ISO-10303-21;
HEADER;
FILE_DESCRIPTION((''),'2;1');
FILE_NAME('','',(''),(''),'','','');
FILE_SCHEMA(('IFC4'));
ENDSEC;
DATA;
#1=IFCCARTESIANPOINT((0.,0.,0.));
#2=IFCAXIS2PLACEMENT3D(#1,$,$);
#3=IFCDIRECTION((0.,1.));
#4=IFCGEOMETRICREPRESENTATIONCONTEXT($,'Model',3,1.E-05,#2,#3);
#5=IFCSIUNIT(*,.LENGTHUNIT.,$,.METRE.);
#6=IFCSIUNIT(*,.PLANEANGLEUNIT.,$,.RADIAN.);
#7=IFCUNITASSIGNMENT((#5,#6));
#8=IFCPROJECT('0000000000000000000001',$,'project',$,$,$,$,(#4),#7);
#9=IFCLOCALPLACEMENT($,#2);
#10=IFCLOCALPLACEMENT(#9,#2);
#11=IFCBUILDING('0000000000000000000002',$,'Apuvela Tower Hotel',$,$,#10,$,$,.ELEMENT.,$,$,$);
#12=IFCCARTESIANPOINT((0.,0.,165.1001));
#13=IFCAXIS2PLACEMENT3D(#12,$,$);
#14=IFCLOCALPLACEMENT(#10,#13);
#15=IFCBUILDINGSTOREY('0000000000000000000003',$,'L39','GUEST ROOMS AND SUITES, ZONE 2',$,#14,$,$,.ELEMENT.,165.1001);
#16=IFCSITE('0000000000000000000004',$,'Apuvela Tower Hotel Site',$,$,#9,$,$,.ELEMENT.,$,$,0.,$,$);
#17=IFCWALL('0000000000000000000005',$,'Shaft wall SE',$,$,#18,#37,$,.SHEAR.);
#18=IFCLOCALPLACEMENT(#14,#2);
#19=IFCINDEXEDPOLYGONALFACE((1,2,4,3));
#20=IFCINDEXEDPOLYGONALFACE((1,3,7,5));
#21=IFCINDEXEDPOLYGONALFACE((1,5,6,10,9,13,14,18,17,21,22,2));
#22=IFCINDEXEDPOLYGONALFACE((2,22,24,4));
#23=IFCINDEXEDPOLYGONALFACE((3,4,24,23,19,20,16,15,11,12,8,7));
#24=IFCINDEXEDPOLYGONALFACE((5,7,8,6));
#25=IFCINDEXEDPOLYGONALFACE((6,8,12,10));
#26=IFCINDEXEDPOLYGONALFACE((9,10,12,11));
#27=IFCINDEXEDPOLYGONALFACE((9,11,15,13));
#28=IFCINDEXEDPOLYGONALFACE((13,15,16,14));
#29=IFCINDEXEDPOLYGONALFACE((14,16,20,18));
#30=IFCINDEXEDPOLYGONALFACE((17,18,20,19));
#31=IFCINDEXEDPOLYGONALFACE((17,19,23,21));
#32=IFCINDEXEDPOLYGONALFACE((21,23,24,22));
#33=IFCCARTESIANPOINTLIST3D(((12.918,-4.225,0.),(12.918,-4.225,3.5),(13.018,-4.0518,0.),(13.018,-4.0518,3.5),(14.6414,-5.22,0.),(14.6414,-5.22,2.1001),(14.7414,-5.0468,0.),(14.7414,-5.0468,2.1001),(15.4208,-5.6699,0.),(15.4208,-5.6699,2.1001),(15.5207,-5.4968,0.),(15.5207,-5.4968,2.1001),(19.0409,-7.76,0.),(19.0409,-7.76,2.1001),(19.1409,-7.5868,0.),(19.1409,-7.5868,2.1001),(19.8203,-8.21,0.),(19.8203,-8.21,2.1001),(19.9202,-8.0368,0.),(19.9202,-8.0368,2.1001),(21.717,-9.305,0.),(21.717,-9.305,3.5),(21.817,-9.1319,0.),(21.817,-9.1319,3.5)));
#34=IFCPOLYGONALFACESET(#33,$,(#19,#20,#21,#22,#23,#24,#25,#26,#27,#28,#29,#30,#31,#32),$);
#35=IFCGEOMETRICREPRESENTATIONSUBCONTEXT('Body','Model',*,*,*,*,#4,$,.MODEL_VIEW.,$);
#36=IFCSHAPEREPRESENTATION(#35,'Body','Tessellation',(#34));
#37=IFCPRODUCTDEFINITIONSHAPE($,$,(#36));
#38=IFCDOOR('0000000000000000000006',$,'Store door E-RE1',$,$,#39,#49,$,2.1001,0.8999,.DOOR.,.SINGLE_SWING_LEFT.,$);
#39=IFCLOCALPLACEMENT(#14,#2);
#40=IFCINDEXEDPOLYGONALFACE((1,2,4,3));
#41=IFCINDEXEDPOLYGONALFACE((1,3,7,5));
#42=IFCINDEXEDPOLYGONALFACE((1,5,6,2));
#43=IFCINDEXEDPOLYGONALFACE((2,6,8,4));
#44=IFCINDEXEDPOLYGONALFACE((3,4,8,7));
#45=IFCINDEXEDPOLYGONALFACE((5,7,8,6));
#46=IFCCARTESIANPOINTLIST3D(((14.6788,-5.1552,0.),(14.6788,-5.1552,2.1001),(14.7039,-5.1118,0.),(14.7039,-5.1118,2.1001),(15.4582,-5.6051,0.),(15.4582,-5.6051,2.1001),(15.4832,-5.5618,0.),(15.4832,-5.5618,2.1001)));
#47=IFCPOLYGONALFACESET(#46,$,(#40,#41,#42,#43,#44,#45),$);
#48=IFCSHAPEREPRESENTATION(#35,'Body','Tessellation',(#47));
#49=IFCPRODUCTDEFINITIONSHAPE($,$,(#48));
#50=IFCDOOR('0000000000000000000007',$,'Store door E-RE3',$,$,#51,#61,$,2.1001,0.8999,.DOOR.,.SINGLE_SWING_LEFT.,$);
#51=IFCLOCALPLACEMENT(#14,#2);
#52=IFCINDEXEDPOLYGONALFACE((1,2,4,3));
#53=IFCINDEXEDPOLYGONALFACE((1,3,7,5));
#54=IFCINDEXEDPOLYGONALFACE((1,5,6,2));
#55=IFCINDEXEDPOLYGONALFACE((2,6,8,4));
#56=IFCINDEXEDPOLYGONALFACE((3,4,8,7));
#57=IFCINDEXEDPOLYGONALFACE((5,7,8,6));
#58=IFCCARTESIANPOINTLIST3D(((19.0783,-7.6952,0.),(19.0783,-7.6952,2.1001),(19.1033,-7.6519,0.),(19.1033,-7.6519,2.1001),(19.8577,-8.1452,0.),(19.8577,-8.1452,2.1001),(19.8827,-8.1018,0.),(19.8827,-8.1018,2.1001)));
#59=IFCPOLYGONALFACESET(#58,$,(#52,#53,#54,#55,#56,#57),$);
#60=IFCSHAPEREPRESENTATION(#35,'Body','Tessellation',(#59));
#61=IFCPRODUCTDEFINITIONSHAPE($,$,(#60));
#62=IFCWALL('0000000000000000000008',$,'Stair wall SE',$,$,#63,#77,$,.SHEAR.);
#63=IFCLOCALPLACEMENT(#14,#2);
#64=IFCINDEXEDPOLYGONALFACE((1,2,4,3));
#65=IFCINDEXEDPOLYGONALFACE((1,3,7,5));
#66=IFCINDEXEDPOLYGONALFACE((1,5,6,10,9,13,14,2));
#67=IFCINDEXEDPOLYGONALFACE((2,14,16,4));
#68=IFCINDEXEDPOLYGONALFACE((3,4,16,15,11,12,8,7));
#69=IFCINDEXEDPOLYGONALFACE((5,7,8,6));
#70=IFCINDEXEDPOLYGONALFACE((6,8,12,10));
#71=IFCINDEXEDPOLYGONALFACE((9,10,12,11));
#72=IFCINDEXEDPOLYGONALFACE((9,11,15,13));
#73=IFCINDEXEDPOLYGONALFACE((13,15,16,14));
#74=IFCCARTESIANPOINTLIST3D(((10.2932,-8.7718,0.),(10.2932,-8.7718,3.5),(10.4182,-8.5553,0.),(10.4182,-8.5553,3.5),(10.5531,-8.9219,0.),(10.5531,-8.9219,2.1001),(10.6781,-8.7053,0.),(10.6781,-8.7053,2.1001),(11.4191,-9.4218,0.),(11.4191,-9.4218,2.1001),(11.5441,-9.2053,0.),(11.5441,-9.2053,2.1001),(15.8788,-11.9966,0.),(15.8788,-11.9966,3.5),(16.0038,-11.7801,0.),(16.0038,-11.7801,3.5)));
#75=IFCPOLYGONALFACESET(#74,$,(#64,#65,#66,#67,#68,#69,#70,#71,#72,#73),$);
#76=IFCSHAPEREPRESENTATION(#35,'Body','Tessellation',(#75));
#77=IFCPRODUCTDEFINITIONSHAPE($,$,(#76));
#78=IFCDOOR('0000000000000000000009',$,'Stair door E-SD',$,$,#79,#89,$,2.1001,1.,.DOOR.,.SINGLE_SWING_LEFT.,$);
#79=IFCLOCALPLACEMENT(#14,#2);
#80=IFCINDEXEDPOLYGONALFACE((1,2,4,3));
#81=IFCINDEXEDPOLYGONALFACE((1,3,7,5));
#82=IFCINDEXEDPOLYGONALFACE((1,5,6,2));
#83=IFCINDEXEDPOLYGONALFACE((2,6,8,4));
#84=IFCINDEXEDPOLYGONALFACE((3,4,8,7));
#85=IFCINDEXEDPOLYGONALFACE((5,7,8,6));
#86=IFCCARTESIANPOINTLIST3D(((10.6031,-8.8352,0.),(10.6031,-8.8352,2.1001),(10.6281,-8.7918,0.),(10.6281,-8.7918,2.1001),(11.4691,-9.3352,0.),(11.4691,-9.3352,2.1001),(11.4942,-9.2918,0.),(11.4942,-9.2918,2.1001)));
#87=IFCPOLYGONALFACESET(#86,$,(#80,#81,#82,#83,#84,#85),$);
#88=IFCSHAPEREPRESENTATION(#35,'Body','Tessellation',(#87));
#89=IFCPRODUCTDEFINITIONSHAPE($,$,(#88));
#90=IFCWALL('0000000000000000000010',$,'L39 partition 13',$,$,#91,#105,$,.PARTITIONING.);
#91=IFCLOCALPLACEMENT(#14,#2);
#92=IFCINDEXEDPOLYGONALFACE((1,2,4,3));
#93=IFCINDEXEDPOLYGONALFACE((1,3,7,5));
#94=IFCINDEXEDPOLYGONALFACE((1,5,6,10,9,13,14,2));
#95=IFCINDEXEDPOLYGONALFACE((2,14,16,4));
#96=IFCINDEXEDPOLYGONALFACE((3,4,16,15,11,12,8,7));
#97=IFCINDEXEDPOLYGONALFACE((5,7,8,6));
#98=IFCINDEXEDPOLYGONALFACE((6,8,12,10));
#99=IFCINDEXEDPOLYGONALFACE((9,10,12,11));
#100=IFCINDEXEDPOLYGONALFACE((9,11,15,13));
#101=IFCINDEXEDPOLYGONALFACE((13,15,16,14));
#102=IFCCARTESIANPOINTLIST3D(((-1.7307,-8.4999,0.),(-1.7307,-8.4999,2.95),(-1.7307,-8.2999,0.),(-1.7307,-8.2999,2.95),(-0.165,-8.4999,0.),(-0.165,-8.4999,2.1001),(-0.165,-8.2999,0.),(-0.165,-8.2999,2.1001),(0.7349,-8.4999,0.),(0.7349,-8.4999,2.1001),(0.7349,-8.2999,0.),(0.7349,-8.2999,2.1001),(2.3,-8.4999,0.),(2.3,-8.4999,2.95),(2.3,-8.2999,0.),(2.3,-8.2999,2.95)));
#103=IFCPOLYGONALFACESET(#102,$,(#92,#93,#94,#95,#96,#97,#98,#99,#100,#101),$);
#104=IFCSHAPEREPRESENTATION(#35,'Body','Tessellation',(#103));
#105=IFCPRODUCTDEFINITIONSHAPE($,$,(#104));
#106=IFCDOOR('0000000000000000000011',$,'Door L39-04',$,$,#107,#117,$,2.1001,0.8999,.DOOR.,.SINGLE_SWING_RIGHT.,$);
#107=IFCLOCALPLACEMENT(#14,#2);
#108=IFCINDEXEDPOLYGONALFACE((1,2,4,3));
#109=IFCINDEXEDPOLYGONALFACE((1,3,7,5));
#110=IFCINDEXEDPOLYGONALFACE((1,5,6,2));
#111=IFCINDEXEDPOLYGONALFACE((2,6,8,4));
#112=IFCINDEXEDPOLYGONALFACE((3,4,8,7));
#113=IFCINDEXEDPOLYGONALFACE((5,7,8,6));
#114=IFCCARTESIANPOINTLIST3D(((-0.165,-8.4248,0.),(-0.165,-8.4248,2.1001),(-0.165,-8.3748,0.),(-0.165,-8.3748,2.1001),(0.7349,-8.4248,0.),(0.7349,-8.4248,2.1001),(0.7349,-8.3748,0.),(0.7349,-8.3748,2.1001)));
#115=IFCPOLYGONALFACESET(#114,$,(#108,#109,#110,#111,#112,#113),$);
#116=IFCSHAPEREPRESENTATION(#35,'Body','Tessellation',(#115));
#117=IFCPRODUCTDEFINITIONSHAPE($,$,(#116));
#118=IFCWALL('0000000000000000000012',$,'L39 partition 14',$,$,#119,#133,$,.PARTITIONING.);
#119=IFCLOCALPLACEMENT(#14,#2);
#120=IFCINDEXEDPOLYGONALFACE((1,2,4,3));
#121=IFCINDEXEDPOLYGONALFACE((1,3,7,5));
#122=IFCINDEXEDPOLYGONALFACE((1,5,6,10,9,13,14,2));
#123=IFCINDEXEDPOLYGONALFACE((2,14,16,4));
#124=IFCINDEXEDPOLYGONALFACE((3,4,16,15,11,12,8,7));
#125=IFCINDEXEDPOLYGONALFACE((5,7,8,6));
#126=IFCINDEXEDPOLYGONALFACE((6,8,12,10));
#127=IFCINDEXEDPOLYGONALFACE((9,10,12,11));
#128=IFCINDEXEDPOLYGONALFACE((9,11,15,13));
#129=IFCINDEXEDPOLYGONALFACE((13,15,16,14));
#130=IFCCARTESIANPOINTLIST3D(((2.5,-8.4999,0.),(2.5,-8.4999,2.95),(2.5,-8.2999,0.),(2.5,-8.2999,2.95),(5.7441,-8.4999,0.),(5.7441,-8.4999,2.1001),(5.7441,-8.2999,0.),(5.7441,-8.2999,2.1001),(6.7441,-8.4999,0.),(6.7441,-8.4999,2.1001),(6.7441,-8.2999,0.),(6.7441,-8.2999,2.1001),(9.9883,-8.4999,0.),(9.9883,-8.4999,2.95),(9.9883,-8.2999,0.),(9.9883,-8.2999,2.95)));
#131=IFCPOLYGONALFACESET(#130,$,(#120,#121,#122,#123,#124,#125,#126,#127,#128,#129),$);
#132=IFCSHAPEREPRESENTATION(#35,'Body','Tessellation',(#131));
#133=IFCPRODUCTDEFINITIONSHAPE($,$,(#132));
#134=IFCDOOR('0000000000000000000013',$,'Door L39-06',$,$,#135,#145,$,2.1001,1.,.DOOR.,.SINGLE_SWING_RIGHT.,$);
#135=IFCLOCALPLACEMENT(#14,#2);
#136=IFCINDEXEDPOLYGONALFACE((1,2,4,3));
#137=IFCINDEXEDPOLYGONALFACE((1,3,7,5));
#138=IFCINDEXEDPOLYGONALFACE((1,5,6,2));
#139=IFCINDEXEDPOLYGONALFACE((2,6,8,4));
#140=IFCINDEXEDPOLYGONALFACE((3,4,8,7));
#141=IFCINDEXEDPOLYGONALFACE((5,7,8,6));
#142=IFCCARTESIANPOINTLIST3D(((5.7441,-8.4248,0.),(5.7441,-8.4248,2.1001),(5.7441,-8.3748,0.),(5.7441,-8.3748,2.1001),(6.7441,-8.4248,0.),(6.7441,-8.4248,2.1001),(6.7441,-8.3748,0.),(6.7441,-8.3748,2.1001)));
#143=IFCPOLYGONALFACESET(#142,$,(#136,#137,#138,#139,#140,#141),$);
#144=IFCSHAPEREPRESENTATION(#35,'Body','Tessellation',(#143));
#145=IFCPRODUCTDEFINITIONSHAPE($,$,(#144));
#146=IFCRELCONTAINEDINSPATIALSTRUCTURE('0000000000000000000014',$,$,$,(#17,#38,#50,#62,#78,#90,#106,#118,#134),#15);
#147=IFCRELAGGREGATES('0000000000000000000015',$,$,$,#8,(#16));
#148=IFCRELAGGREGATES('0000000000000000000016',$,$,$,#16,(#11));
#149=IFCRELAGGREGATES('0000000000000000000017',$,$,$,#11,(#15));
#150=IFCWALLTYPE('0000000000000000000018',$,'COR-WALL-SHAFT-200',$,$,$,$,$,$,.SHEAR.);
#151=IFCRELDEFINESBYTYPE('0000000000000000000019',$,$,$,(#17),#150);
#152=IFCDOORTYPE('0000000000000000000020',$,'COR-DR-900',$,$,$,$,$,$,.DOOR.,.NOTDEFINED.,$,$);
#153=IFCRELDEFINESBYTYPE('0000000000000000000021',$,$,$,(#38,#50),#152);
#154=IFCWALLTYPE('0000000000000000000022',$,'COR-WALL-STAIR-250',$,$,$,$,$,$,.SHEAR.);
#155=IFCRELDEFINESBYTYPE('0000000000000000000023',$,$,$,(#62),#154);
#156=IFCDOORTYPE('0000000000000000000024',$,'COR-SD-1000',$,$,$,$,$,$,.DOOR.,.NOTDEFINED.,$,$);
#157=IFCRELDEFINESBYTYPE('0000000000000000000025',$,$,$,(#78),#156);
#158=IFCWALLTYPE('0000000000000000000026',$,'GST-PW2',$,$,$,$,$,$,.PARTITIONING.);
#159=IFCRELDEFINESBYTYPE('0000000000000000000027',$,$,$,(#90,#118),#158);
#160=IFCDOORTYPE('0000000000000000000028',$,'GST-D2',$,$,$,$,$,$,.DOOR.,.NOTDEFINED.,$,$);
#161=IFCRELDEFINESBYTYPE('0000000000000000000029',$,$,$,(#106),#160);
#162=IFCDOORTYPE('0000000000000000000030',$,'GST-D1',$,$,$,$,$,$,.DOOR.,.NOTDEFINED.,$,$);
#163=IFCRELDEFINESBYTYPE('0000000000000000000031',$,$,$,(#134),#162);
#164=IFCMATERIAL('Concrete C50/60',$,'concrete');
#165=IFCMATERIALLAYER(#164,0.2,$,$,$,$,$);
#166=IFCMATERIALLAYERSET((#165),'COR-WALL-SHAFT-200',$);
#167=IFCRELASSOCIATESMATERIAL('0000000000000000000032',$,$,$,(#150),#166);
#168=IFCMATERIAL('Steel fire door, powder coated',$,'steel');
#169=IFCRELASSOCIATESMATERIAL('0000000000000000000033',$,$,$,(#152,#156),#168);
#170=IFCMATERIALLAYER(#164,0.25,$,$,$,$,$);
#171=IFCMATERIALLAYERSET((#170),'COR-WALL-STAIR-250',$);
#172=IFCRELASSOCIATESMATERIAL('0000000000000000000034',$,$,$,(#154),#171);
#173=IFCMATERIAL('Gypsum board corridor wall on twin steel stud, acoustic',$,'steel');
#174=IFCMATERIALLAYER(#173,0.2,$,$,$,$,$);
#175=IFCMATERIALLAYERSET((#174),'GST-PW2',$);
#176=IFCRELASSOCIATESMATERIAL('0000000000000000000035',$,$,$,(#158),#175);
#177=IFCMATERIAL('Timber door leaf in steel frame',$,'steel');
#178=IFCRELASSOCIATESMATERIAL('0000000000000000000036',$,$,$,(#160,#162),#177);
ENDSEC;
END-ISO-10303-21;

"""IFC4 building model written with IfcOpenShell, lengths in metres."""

from ifc_helpers import new_model, si_unit, direction, frame, frame_2d, origin, place, context, subcontext, project, spatial, rectangle, extrude, material, layer, layer_set, type_object, element, fill, save


model = new_model("IFC4")

# Units and contexts
model_context = context("Model", 3, precision=1e-05, world=origin(), true_north=direction((0.0, 1.0)))
body_context = subcontext(model_context, "Body", "Model", "MODEL_VIEW")
ifc_project = project(units=[si_unit("LENGTHUNIT", "METRE"), si_unit("PLANEANGLEUNIT", "RADIAN")], contexts=[model_context])

# Site, building, storey
site_placement = place(None, origin())
site = spatial("IfcSite", under=ifc_project, at=site_placement, Name="Apuvela Tower Hotel Site", CompositionType="ELEMENT", RefElevation=0.0)
building_placement = place(site_placement, origin())
building = spatial("IfcBuilding", under=site, at=building_placement, Name="Apuvela Tower Hotel", CompositionType="ELEMENT")
storey_placement = place(building_placement, frame((0.0, 0.0, 165.1001)))
storey = spatial("IfcBuildingStorey", under=building, at=storey_placement, Name="L39", Description="GUEST ROOMS AND SUITES, ZONE 2", CompositionType="ELEMENT", Elevation=165.1001)

# Shared definitions
ifc_material_1 = material(Name="Concrete C50/60", Category="concrete")
ifc_material_2 = material(Name="Steel fire door, powder coated", Category="steel")

# Shared definitions
ifc_layer_1 = layer(ifc_material_1, 0.2)
ifc_layer_set_1 = layer_set([ifc_layer_1], Name="COR-WALL-SHAFT-200")
wall_type_1 = type_object("IfcWallType", Name="COR-WALL-SHAFT-200", PredefinedType="SHEAR", material=ifc_layer_set_1)

# Wall, openings, doors
wall_1_placement = place(storey_placement, frame((12.968, -4.1384, 0.0), z_axis=(0.0, 0.0, 1.0), x_axis=(0.866028, -0.499995, 0.0)))
wall_1 = element("IfcWall", 1, at=wall_1_placement, inside=storey, type_object=wall_type_1, Name="Shaft wall SE", PredefinedType="SHEAR", context=body_context, shape_type="SweptSolid", body=[
    extrude(rectangle(XDim=10.1602, YDim=0.2, at=frame_2d((5.0801, 0.0))), origin(), (0.0, 0.0, 1.0), 3.5),
])
opening_1_placement = place(wall_1_placement, frame((1.99, 0.0, 0.0)))
opening_1 = element("IfcOpeningElement", 2, at=opening_1_placement, cuts=wall_1, PredefinedType="OPENING", context=body_context, shape_type="SweptSolid", body=[
    extrude(rectangle(XDim=0.8999, YDim=2.1001, at=frame_2d((0.45, 1.05))), frame((0.0, 0.1099, 0.0), z_axis=(0.0, -1.0, 0.0), x_axis=(1.0, 0.0, 0.0)), (0.0, 0.0, 1.0), 0.22),
])
opening_2_placement = place(wall_1_placement, frame((7.0701, 0.0, 0.0)))
opening_2 = element("IfcOpeningElement", 3, at=opening_2_placement, cuts=wall_1, PredefinedType="OPENING", context=body_context, shape_type="SweptSolid", body=[
    extrude(rectangle(XDim=0.8999, YDim=2.1001, at=frame_2d((0.45, 1.05))), frame((0.0, 0.1099, 0.0), z_axis=(0.0, -1.0, 0.0), x_axis=(1.0, 0.0, 0.0)), (0.0, 0.0, 1.0), 0.22),
])
door_type_1 = type_object("IfcDoorType", Name="COR-DR-900", OperationType="NOTDEFINED", PredefinedType="DOOR", material=ifc_material_2)
door_1_placement = place(opening_1_placement, origin())
door_1 = element("IfcDoor", 4, at=door_1_placement, inside=storey, type_object=door_type_1, Name="Store door E-RE1", OperationType="SINGLE_SWING_LEFT", OverallHeight=2.1001, OverallWidth=0.8999, PredefinedType="DOOR", context=body_context, shape_type="SweptSolid", body=[
    extrude(rectangle(XDim=0.8999, YDim=2.1001, at=frame_2d((0.45, 1.05))), frame((0.0, 0.0249, 0.0), z_axis=(0.0, -1.0, 0.0), x_axis=(1.0, 0.0, 0.0)), (0.0, 0.0, 1.0), 0.05),
])
fill(opening_1, door_1)
door_2_placement = place(opening_2_placement, origin())
door_2 = element("IfcDoor", 5, at=door_2_placement, inside=storey, type_object=door_type_1, Name="Store door E-RE3", OperationType="SINGLE_SWING_LEFT", OverallHeight=2.1001, OverallWidth=0.8999, PredefinedType="DOOR", context=body_context, shape_type="SweptSolid", body=[
    extrude(rectangle(XDim=0.8999, YDim=2.1001, at=frame_2d((0.45, 1.05))), frame((0.0, 0.0249, 0.0), z_axis=(0.0, -1.0, 0.0), x_axis=(1.0, 0.0, 0.0)), (0.0, 0.0, 1.0), 0.05),
])
fill(opening_2, door_2)

# Walls, openings, doors
ifc_layer_2 = layer(ifc_material_1, 0.25)
ifc_layer_set_2 = layer_set([ifc_layer_2], Name="COR-WALL-STAIR-250")
wall_type_2 = type_object("IfcWallType", Name="COR-WALL-STAIR-250", PredefinedType="SHEAR", material=ifc_layer_set_2)
wall_2_placement = place(storey_placement, frame((10.3557, -8.6636, 0.0), z_axis=(0.0, 0.0, 1.0), x_axis=(0.866029, -0.499994, 0.0)))
wall_2 = element("IfcWall", 6, at=wall_2_placement, inside=storey, type_object=wall_type_2, Name="Stair wall SE", PredefinedType="SHEAR", context=body_context, shape_type="SweptSolid", body=[
    extrude(rectangle(XDim=6.4497, YDim=0.25, at=frame_2d((3.2249, 0.0))), origin(), (0.0, 0.0, 1.0), 3.5),
])
opening_3_placement = place(wall_2_placement, frame((0.3, 0.0, 0.0)))
opening_3 = element("IfcOpeningElement", 7, at=opening_3_placement, cuts=wall_2, PredefinedType="OPENING", context=body_context, shape_type="SweptSolid", body=[
    extrude(rectangle(XDim=1.0, YDim=2.1001, at=frame_2d((0.5, 1.05))), frame((0.0, 0.135, 0.0), z_axis=(0.0, -1.0, 0.0), x_axis=(1.0, 0.0, 0.0)), (0.0, 0.0, 1.0), 0.27),
])
door_type_2 = type_object("IfcDoorType", Name="COR-SD-1000", OperationType="NOTDEFINED", PredefinedType="DOOR", material=ifc_material_2)
door_3_placement = place(opening_3_placement, frame((1.0, 0.0, 0.0), z_axis=(0.0, 0.0, 1.0), x_axis=(-1.0, 0.0, 0.0)))
door_3 = element("IfcDoor", 8, at=door_3_placement, inside=storey, type_object=door_type_2, Name="Stair door E-SD", OperationType="SINGLE_SWING_LEFT", OverallHeight=2.1001, OverallWidth=1.0, PredefinedType="DOOR", context=body_context, shape_type="SweptSolid", body=[
    extrude(rectangle(XDim=1.0, YDim=2.1001, at=frame_2d((0.5, 1.05))), frame((0.0, 0.0249, 0.0), z_axis=(0.0, -1.0, 0.0), x_axis=(1.0, 0.0, 0.0)), (0.0, 0.0, 1.0), 0.05),
])
fill(opening_3, door_3)
ifc_material_3 = material(Name="Gypsum board corridor wall on twin steel stud, acoustic", Category="steel")
ifc_layer_3 = layer(ifc_material_3, 0.2)
ifc_layer_set_3 = layer_set([ifc_layer_3], Name="GST-PW2")
wall_type_3 = type_object("IfcWallType", Name="GST-PW2", PredefinedType="PARTITIONING", material=ifc_layer_set_3)
wall_3_placement = place(storey_placement, frame((2.3, -8.3999, 0.0), z_axis=(0.0, 0.0, 1.0), x_axis=(-1.0, 0.0, 0.0)))
wall_3 = element("IfcWall", 9, at=wall_3_placement, inside=storey, type_object=wall_type_3, Name="L39 partition 13", PredefinedType="PARTITIONING", context=body_context, shape_type="SweptSolid", body=[
    extrude(rectangle(XDim=4.0308, YDim=0.2, at=frame_2d((2.0154, 0.0))), origin(), (0.0, 0.0, 1.0), 2.95),
])
opening_4_placement = place(wall_3_placement, frame((1.5652, 0.0, 0.0)))
opening_4 = element("IfcOpeningElement", 10, at=opening_4_placement, cuts=wall_3, PredefinedType="OPENING", context=body_context, shape_type="SweptSolid", body=[
    extrude(rectangle(XDim=0.8999, YDim=2.1001, at=frame_2d((0.45, 1.05))), frame((0.0, 0.1099, 0.0), z_axis=(0.0, -1.0, 0.0), x_axis=(1.0, 0.0, 0.0)), (0.0, 0.0, 1.0), 0.22),
])
ifc_material_4 = material(Name="Timber door leaf in steel frame", Category="steel")
door_type_3 = type_object("IfcDoorType", Name="GST-D2", OperationType="NOTDEFINED", PredefinedType="DOOR", material=ifc_material_4)
door_4_placement = place(opening_4_placement, origin())
door_4 = element("IfcDoor", 11, at=door_4_placement, inside=storey, type_object=door_type_3, Name="Door L39-04", OperationType="SINGLE_SWING_RIGHT", OverallHeight=2.1001, OverallWidth=0.8999, PredefinedType="DOOR", context=body_context, shape_type="SweptSolid", body=[
    extrude(rectangle(XDim=0.8999, YDim=2.1001, at=frame_2d((0.45, 1.05))), frame((0.0, 0.0249, 0.0), z_axis=(0.0, -1.0, 0.0), x_axis=(1.0, 0.0, 0.0)), (0.0, 0.0, 1.0), 0.05),
])
fill(opening_4, door_4)
wall_4_placement = place(storey_placement, frame((9.9883, -8.3999, 0.0), z_axis=(0.0, 0.0, 1.0), x_axis=(-1.0, 0.0, 0.0)))
wall_4 = element("IfcWall", 12, at=wall_4_placement, inside=storey, type_object=wall_type_3, Name="L39 partition 14", PredefinedType="PARTITIONING", context=body_context, shape_type="SweptSolid", body=[
    extrude(rectangle(XDim=7.4883, YDim=0.2, at=frame_2d((3.7441, 0.0))), origin(), (0.0, 0.0, 1.0), 2.95),
])
opening_5_placement = place(wall_4_placement, frame((3.2441, 0.0, 0.0)))
opening_5 = element("IfcOpeningElement", 13, at=opening_5_placement, cuts=wall_4, PredefinedType="OPENING", context=body_context, shape_type="SweptSolid", body=[
    extrude(rectangle(XDim=1.0, YDim=2.1001, at=frame_2d((0.5, 1.05))), frame((0.0, 0.1099, 0.0), z_axis=(0.0, -1.0, 0.0), x_axis=(1.0, 0.0, 0.0)), (0.0, 0.0, 1.0), 0.22),
])
door_type_4 = type_object("IfcDoorType", Name="GST-D1", OperationType="NOTDEFINED", PredefinedType="DOOR", material=ifc_material_4)
door_5_placement = place(opening_5_placement, origin())
door_5 = element("IfcDoor", 14, at=door_5_placement, inside=storey, type_object=door_type_4, Name="Door L39-06", OperationType="SINGLE_SWING_RIGHT", OverallHeight=2.1001, OverallWidth=1.0, PredefinedType="DOOR", context=body_context, shape_type="SweptSolid", body=[
    extrude(rectangle(XDim=1.0, YDim=2.1001, at=frame_2d((0.5, 1.05))), frame((0.0, 0.0249, 0.0), z_axis=(0.0, -1.0, 0.0), x_axis=(1.0, 0.0, 0.0)), (0.0, 0.0, 1.0), 0.05),
])
fill(opening_5, door_5)

save(model, "model.ifc")
